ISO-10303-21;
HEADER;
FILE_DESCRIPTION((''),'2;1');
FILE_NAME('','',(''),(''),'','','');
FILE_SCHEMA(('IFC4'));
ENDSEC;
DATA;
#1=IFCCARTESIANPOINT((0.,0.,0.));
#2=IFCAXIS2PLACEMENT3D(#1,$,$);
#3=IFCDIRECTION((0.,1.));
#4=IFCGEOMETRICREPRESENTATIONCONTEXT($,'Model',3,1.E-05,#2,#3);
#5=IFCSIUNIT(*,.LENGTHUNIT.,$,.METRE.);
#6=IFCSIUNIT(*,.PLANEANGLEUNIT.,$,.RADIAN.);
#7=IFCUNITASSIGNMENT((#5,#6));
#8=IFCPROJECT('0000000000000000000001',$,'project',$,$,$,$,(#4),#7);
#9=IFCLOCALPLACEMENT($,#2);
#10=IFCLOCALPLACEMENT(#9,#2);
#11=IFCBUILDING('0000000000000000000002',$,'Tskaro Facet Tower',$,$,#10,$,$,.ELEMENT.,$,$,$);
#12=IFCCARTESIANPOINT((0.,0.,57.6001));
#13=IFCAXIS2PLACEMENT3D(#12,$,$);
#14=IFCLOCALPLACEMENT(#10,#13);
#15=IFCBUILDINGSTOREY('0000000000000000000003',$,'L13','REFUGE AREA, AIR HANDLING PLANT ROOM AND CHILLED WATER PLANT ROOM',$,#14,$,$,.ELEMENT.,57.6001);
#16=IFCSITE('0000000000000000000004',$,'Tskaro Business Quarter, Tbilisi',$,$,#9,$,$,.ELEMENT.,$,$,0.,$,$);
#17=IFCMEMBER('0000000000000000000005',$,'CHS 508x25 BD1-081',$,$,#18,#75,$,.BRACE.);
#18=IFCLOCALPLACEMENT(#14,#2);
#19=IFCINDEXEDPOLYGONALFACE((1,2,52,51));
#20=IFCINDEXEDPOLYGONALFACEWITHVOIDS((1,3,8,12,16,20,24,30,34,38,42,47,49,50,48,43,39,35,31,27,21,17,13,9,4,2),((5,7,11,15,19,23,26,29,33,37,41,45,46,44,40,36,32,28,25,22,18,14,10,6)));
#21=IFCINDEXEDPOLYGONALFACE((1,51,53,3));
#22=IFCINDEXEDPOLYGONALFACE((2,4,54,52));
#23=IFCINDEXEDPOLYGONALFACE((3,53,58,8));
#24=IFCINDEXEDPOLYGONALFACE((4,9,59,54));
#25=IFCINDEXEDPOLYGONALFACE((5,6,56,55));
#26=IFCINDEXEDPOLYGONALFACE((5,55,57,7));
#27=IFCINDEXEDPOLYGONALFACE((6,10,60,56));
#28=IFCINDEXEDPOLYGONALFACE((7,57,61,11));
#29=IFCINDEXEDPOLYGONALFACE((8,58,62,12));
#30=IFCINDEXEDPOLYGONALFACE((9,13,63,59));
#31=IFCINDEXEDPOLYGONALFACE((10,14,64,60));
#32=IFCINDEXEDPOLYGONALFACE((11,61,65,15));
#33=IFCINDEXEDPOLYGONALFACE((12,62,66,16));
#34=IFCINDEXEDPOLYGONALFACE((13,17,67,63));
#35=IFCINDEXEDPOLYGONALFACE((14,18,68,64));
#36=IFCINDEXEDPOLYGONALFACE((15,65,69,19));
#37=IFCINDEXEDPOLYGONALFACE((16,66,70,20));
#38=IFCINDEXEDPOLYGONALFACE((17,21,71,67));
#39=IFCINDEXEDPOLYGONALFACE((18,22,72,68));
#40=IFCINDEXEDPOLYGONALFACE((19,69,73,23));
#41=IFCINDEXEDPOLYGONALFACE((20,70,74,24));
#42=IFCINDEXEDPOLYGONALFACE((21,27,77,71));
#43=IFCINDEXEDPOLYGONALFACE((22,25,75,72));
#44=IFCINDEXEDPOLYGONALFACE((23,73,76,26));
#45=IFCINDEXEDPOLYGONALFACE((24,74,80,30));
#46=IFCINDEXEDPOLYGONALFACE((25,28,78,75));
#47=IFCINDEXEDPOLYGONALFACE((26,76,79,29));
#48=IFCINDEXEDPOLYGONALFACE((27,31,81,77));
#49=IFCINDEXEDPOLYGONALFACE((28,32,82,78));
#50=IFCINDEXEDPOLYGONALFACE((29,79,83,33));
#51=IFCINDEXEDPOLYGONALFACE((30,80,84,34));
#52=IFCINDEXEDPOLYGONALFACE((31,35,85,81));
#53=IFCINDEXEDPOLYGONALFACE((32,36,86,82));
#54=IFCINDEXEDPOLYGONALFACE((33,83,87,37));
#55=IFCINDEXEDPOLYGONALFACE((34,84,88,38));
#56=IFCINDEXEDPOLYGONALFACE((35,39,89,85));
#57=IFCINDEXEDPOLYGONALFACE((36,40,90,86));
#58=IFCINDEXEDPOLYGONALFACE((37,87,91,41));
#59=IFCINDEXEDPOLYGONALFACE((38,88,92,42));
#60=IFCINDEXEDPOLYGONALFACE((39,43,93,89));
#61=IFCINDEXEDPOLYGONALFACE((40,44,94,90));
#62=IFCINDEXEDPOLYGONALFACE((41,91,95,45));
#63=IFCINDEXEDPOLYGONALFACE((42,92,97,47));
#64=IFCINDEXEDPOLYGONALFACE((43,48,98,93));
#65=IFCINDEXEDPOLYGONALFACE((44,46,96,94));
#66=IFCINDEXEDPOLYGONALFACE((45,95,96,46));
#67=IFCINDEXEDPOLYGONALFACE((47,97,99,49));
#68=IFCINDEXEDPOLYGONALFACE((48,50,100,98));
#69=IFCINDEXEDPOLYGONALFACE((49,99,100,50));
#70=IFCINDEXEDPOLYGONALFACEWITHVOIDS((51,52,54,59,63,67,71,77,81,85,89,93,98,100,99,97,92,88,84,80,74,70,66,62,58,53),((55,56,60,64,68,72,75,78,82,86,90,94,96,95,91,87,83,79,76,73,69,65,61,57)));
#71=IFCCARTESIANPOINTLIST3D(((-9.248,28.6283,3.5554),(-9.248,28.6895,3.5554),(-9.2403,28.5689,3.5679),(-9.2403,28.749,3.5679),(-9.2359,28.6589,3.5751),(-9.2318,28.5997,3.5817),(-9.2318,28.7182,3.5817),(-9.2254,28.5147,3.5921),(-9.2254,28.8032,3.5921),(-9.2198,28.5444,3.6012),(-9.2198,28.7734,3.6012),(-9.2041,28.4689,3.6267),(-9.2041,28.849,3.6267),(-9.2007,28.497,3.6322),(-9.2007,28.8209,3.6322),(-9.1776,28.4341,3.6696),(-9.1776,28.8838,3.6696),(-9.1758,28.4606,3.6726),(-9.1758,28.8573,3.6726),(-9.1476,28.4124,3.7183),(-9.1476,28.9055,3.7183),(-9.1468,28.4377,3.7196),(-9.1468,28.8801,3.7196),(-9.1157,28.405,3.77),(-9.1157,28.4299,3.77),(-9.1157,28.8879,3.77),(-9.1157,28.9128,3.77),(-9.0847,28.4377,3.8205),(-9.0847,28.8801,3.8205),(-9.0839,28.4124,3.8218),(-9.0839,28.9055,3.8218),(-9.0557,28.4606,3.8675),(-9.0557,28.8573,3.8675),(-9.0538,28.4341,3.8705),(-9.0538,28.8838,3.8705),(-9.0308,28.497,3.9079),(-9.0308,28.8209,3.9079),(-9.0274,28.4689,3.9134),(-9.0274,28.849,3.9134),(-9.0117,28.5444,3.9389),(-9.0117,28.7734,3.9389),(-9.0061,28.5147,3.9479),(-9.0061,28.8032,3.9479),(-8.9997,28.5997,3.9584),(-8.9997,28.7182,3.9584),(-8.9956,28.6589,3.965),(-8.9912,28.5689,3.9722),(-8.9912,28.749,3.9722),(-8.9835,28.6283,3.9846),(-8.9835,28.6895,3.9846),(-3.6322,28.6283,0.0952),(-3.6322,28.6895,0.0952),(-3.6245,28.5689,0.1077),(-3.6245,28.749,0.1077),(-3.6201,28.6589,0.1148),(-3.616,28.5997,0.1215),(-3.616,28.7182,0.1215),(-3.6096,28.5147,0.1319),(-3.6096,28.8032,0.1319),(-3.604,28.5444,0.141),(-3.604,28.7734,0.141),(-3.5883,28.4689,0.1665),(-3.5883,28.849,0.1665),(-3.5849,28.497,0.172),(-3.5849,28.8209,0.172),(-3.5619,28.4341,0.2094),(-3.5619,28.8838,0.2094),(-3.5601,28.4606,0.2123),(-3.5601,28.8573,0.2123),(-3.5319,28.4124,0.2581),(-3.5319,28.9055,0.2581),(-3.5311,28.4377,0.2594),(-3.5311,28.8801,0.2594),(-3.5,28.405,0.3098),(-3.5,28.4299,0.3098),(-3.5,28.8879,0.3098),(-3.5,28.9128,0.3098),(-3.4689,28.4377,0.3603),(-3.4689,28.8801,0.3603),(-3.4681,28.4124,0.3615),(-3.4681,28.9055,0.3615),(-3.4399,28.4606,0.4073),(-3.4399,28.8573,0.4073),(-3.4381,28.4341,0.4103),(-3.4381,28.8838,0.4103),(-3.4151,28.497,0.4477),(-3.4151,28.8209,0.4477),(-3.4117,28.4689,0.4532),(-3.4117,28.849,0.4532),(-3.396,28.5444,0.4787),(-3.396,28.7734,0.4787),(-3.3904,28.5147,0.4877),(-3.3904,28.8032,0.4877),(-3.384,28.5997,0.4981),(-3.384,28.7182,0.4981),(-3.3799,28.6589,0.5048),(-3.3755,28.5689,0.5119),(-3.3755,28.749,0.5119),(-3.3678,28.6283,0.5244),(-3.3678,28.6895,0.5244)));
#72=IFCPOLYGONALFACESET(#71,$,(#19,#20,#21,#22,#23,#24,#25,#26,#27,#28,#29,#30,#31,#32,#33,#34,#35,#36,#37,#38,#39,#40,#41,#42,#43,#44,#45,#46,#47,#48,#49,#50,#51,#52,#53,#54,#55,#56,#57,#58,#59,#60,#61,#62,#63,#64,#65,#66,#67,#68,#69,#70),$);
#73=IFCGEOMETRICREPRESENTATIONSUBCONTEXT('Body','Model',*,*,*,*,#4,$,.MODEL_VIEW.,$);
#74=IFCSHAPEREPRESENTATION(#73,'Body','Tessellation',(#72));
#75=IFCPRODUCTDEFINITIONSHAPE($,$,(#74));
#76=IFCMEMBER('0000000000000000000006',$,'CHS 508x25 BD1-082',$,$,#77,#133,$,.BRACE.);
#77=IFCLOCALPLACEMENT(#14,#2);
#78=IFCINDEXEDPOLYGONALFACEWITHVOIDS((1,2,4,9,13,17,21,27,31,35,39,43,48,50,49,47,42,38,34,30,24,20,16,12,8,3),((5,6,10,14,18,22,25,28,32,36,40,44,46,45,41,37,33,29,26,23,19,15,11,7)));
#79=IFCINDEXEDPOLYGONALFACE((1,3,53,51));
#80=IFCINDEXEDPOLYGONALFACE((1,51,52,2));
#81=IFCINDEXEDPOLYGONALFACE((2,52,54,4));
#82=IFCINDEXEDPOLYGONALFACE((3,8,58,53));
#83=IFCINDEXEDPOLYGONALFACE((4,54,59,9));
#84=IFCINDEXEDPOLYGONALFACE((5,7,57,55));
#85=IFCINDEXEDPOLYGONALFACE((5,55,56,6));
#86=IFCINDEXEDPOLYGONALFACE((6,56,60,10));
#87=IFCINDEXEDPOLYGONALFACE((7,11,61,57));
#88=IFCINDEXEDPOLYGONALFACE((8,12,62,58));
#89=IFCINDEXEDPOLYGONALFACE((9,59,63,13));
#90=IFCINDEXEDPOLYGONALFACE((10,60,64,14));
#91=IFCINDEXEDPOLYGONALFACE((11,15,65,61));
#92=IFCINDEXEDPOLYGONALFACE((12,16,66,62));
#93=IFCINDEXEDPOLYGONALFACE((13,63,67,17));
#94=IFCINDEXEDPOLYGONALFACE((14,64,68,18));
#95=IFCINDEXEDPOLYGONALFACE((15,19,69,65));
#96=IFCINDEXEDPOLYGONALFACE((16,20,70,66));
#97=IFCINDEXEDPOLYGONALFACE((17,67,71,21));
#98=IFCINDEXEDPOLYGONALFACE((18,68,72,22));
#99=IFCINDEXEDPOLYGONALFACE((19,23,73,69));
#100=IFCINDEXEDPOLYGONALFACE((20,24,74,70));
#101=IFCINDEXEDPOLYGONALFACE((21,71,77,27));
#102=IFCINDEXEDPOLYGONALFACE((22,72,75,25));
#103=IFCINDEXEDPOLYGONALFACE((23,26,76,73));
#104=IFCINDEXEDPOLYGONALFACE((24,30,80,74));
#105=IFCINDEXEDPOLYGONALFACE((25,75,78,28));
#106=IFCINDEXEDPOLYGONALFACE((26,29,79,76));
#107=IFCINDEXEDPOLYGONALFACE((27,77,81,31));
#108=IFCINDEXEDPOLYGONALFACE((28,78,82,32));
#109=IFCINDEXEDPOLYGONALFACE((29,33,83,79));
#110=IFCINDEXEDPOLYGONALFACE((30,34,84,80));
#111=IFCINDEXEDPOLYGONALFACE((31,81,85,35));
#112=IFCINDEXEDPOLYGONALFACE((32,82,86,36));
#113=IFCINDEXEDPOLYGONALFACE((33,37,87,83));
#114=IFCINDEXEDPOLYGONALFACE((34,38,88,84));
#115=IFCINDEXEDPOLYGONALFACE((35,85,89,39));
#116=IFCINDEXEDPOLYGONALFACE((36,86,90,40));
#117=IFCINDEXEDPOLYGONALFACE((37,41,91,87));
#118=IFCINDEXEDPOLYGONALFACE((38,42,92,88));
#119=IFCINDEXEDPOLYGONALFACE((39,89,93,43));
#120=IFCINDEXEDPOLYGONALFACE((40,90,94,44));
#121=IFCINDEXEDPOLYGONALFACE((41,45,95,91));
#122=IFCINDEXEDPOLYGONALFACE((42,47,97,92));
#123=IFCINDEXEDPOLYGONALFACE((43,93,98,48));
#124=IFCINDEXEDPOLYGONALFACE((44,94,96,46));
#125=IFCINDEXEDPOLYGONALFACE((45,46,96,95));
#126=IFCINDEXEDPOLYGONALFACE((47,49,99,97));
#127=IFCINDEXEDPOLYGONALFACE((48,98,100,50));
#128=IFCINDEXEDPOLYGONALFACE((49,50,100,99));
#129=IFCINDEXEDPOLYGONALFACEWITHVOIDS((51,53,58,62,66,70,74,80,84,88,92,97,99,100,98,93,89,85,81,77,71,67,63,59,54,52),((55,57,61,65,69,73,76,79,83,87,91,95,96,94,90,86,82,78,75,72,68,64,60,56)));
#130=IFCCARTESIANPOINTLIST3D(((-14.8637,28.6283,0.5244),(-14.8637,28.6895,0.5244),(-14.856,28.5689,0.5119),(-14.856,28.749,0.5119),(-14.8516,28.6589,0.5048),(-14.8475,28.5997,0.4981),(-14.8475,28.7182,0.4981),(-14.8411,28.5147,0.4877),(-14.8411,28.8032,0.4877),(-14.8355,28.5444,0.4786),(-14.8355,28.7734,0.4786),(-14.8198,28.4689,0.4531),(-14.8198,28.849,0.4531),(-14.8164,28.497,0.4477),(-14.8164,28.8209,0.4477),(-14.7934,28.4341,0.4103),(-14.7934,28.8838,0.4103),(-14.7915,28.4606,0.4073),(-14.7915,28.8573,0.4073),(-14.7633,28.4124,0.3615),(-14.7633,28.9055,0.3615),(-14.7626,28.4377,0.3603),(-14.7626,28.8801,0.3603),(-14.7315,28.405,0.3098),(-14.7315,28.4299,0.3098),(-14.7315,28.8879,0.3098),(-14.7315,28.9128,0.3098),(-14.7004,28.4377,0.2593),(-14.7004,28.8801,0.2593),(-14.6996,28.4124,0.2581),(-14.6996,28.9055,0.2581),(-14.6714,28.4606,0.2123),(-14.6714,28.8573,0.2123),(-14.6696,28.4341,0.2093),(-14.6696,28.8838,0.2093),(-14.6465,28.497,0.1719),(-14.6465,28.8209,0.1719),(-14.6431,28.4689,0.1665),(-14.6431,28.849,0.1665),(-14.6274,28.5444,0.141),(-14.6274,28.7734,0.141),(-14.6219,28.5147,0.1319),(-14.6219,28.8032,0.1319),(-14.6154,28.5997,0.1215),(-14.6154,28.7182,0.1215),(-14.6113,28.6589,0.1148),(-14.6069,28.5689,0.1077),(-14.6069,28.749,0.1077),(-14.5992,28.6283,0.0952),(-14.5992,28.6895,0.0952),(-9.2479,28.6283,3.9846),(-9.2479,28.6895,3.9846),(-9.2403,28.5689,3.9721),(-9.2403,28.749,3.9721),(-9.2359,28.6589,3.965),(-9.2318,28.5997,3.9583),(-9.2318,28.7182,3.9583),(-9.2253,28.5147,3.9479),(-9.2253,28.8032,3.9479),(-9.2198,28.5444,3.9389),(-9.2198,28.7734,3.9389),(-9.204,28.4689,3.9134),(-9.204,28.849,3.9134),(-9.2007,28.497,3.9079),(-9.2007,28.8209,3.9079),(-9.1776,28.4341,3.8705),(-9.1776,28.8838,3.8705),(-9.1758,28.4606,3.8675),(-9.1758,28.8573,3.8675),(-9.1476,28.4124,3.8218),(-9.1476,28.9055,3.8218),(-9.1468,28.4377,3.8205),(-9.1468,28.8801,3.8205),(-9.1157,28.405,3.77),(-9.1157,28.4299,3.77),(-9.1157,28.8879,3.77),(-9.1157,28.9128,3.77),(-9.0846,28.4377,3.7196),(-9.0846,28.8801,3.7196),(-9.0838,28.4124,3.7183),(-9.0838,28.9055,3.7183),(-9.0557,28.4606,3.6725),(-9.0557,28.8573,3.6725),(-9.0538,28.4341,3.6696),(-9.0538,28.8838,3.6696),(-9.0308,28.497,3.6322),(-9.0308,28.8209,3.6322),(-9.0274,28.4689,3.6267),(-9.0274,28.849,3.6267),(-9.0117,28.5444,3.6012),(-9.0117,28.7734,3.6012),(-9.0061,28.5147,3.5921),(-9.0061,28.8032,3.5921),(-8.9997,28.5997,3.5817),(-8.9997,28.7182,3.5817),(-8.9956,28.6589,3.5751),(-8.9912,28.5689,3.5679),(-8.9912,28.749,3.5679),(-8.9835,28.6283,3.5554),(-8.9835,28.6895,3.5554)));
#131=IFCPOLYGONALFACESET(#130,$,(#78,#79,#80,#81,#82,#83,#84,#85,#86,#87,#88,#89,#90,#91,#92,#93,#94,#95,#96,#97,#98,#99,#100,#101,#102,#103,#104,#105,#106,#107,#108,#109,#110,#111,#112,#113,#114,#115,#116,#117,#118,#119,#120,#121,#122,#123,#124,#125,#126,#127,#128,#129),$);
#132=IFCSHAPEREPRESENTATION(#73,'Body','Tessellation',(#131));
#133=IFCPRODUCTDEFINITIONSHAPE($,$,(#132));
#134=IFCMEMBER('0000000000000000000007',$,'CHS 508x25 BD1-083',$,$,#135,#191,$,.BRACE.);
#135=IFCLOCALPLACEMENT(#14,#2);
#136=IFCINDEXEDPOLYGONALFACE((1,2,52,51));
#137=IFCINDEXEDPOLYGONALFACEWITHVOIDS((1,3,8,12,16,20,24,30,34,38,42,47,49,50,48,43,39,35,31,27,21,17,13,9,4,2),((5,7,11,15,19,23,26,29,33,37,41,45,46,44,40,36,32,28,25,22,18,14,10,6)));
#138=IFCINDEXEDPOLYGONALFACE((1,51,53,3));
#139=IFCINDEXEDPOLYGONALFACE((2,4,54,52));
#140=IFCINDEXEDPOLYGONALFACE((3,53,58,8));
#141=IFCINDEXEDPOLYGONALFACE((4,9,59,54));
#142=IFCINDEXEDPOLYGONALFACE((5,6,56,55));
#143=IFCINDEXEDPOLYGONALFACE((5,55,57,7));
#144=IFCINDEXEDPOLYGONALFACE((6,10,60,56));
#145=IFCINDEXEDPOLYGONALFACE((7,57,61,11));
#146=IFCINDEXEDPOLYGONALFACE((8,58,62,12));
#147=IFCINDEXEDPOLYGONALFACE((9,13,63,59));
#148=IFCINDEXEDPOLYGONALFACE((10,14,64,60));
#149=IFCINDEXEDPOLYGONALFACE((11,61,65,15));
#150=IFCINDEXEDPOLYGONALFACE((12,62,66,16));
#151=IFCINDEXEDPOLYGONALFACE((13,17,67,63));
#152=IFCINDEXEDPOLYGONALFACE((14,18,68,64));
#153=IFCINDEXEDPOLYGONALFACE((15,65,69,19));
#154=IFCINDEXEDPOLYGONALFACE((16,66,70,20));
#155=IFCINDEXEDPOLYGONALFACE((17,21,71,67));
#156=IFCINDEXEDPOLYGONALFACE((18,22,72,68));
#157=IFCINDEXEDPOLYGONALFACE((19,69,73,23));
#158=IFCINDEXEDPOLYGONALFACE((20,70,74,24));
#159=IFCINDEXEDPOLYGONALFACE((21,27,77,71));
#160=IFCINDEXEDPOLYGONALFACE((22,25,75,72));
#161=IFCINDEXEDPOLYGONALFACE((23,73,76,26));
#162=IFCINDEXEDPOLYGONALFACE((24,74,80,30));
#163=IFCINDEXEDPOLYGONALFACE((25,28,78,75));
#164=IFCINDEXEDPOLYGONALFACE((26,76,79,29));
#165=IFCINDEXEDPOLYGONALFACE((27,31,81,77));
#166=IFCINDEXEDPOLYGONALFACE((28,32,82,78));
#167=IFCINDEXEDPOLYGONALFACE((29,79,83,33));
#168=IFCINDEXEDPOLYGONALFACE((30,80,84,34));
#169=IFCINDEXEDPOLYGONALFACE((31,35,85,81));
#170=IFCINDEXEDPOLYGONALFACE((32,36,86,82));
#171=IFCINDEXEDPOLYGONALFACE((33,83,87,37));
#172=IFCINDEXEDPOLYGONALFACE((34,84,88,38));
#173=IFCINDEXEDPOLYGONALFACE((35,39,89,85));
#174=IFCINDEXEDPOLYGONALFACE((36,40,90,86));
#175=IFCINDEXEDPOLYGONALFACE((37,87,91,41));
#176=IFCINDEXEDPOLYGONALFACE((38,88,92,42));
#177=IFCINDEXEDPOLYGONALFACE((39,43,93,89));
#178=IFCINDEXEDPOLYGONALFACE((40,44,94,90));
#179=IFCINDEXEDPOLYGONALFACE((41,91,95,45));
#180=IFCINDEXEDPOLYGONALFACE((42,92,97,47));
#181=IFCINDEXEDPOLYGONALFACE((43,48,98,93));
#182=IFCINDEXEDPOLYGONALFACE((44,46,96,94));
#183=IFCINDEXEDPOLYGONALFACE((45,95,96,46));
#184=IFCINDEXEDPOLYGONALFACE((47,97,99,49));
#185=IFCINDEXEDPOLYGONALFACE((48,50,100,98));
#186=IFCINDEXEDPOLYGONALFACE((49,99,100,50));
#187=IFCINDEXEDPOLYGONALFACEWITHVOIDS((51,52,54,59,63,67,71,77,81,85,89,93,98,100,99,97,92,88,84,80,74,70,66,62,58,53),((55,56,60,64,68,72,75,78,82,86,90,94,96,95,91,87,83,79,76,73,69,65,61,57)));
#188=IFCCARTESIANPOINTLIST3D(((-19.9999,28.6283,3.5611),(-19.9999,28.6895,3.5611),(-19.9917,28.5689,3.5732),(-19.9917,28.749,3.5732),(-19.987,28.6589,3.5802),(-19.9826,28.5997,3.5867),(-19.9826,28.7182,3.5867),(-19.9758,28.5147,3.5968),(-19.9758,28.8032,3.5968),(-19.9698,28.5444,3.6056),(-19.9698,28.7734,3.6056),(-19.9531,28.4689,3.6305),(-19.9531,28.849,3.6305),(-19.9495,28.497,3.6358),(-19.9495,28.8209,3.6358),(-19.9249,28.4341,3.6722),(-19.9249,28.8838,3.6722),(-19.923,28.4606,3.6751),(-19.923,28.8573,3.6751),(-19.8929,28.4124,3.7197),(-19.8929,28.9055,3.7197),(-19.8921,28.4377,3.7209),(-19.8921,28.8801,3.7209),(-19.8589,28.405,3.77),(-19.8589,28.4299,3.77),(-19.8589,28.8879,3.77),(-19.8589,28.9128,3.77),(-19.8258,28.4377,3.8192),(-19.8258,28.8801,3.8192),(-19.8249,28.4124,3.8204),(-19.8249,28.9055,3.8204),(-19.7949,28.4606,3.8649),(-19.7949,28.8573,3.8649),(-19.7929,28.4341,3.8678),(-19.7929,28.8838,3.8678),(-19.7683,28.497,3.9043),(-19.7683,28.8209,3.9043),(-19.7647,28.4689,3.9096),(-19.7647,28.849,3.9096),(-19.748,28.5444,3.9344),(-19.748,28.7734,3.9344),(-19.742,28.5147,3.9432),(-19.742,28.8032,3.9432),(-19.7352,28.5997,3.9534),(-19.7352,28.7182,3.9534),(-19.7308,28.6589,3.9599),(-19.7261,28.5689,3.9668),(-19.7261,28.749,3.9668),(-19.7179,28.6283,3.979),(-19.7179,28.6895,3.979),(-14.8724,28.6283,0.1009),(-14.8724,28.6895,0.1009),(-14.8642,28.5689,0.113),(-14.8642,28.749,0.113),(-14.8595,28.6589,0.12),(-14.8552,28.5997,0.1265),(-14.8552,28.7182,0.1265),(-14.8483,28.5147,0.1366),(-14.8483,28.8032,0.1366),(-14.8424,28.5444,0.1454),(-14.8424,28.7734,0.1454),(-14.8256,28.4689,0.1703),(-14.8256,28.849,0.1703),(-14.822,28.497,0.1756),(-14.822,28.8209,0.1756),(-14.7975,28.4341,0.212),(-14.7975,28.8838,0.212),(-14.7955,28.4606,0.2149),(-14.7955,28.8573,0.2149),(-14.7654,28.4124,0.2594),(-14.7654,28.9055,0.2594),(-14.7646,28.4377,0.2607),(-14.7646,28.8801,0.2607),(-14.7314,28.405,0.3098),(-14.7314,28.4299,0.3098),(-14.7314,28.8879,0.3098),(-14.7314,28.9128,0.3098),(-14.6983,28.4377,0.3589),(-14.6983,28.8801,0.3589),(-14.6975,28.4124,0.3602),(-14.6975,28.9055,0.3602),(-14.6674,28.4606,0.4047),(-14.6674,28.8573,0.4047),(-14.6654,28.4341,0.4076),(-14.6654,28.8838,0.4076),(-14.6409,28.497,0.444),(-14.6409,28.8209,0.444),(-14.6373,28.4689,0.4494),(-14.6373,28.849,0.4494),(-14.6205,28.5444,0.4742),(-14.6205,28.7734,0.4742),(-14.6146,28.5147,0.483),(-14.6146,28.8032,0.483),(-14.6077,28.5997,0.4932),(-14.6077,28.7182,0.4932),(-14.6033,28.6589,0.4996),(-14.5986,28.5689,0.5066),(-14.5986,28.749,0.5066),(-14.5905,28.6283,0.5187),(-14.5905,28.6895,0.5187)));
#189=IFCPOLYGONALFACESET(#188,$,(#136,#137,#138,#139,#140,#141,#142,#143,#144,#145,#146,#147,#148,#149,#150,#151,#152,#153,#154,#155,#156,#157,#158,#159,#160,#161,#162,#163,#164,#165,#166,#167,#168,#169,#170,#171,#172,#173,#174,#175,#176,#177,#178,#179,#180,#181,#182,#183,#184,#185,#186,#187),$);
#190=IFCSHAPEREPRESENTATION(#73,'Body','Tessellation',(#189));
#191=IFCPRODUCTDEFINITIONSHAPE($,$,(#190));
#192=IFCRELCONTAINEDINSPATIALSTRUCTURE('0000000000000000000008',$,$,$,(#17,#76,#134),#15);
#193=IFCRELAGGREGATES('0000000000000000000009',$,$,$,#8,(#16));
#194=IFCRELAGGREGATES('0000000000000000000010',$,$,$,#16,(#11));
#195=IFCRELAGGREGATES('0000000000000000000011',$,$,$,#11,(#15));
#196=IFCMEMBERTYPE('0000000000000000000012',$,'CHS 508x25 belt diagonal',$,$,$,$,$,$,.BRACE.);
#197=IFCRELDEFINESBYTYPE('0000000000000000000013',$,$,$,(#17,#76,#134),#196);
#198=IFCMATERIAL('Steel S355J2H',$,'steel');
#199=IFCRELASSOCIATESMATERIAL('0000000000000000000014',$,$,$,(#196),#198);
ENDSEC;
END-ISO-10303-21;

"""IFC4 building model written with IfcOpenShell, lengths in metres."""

from ifc_helpers import new_model, si_unit, direction, frame, origin, origin_2d, place, context, subcontext, project, spatial, hollow_circle, extrude, material, material_profile, profile_set, type_object, element, save


model = new_model("IFC4")

# Units and contexts
model_context = context("Model", 3, precision=1e-05, world=origin(), true_north=direction((0.0, 1.0)))
body_context = subcontext(model_context, "Body", "Model", "MODEL_VIEW")
ifc_project = project(units=[si_unit("LENGTHUNIT", "METRE"), si_unit("PLANEANGLEUNIT", "RADIAN")], contexts=[model_context])

# Site, building, storey
site_placement = place(None, origin())
site = spatial("IfcSite", under=ifc_project, at=site_placement, Name="Tskaro Business Quarter, Tbilisi", CompositionType="ELEMENT", RefElevation=0.0)
building_placement = place(site_placement, origin())
building = spatial("IfcBuilding", under=site, at=building_placement, Name="Tskaro Facet Tower", CompositionType="ELEMENT")
storey_placement = place(building_placement, frame((0.0, 0.0, 57.6001)))
storey = spatial("IfcBuildingStorey", under=building, at=storey_placement, Name="L13", Description="REFUGE AREA, AIR HANDLING PLANT ROOM AND CHILLED WATER PLANT ROOM", CompositionType="ELEMENT", Elevation=57.6001)

# Shared definitions
ifc_material_1 = material(Name="Steel S355J2H", Category="steel")

# Members
ifc_material_profile_1 = material_profile(ifc_material_1, hollow_circle(Radius=0.2539, WallThickness=0.0249, at=origin_2d()), Name="CHS 508x25")
ifc_profile_set_1 = profile_set([ifc_material_profile_1], Name="Steel S355J2H")
member_type_1 = type_object("IfcMemberType", Name="CHS 508x25 belt diagonal", PredefinedType="BRACE", material=ifc_profile_set_1)
for number, where, z_axis, x_axis, name in (
    (1, (-3.5, 28.6589, 0.3098), (-0.851362, 0.0, 0.524579), (0.0, -1.0, 0.0), "CHS 508x25 BD1-081"),
    (2, (-9.1157, 28.6589, 3.77), (-0.851362, 0.0, -0.524579), (0.0, -1.0, 0.0), "CHS 508x25 BD1-082"),
):
    element("IfcMember", number, at=place(storey_placement, frame(where, z_axis=z_axis, x_axis=x_axis)), inside=storey, type_object=member_type_1, Name=name, PredefinedType="BRACE", context=body_context, shape_type="SweptSolid", body=[
        extrude(hollow_circle(Radius=0.2539, WallThickness=0.0249, at=origin_2d()), origin(), (0.0, 0.0, 1.0), 6.5962),
    ])
member_1_placement = place(storey_placement, frame((-14.7314, 28.6589, 0.3098), z_axis=(-0.82891, 0.0, 0.559382), x_axis=(0.0, -1.0, 0.0)))
element("IfcMember", 3, at=member_1_placement, inside=storey, type_object=member_type_1, Name="CHS 508x25 BD1-083", PredefinedType="BRACE", context=body_context, shape_type="SweptSolid", body=[
    extrude(hollow_circle(Radius=0.2539, WallThickness=0.0249, at=origin_2d()), origin(), (0.0, 0.0, 1.0), 6.1858),
])

save(model, "model.ifc")
